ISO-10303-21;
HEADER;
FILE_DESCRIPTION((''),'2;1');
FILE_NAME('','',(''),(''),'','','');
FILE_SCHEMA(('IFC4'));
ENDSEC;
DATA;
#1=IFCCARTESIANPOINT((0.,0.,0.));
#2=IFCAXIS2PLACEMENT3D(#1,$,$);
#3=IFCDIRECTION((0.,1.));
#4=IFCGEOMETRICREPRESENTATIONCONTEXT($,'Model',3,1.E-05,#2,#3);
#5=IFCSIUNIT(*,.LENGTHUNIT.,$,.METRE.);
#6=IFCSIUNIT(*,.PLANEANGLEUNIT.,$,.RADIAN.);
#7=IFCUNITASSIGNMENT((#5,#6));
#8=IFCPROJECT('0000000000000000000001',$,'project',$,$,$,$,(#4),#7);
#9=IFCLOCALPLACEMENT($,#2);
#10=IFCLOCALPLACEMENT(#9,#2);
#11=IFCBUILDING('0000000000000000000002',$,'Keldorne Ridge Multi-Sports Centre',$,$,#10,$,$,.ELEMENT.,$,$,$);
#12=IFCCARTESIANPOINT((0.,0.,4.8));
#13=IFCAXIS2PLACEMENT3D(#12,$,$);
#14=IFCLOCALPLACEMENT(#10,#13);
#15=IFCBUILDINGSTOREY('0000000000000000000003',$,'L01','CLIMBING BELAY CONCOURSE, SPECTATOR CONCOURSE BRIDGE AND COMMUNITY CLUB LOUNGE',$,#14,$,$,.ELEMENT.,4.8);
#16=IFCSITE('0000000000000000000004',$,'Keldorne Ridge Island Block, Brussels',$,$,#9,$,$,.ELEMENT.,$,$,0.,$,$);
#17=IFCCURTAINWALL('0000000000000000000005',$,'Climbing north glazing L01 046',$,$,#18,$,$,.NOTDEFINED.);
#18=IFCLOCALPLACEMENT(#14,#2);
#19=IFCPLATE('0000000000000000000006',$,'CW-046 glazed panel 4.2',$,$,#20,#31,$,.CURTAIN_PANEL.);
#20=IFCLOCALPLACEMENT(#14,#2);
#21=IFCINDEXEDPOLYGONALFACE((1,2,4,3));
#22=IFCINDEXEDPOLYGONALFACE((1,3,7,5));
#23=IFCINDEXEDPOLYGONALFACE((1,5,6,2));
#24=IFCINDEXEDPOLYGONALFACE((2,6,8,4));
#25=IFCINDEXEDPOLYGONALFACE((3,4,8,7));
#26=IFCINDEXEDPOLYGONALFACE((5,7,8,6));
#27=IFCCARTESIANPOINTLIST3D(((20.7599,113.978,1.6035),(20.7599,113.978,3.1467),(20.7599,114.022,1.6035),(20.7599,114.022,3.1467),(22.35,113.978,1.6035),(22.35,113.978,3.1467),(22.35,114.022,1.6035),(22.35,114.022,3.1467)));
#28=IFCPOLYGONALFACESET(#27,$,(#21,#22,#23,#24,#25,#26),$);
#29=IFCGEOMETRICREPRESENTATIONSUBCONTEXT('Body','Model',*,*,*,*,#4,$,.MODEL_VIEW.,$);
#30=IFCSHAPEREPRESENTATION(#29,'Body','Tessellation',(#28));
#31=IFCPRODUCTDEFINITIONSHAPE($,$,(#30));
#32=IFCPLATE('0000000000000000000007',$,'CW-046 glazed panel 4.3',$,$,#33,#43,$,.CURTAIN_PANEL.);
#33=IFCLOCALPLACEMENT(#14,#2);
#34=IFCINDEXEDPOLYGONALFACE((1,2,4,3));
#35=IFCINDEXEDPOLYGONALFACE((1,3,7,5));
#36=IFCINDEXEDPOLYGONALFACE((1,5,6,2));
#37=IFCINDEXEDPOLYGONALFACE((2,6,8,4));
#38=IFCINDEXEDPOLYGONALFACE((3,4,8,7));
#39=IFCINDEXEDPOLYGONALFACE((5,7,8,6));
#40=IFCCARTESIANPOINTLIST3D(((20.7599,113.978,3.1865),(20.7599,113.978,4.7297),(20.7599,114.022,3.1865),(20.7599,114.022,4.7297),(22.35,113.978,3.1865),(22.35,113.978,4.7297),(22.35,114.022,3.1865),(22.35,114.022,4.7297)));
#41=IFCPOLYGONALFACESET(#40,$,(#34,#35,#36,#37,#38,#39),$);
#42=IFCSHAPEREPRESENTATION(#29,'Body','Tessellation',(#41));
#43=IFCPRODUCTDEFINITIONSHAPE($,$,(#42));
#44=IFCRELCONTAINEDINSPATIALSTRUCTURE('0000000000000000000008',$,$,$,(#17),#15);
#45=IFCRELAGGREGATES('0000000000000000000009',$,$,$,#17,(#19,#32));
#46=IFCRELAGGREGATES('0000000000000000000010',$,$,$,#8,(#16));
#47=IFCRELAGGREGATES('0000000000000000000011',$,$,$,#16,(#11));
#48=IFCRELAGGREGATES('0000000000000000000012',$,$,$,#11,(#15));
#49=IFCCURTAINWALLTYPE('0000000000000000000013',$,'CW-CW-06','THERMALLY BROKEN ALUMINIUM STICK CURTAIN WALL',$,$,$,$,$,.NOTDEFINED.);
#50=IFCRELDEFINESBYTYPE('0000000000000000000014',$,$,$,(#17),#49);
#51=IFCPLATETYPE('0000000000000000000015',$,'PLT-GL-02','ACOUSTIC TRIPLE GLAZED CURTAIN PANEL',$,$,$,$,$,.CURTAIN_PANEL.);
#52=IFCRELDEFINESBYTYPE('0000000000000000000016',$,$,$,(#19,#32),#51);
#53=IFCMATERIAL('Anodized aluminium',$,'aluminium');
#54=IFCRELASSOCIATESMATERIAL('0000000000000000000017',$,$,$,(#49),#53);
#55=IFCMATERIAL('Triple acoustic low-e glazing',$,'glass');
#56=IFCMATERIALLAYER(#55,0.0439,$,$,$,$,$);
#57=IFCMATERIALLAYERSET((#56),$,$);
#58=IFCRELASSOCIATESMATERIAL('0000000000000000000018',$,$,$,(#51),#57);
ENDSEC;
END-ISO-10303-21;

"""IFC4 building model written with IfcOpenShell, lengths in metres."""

from ifc_helpers import new_model, si_unit, direction, frame, origin, origin_2d, place, context, subcontext, project, spatial, rectangle, extrude, material, layer, layer_set, type_object, element, aggregate, save


model = new_model("IFC4")

# Units and contexts
model_context = context("Model", 3, precision=1e-05, world=origin(), true_north=direction((0.0, 1.0)))
body_context = subcontext(model_context, "Body", "Model", "MODEL_VIEW")
ifc_project = project(units=[si_unit("LENGTHUNIT", "METRE"), si_unit("PLANEANGLEUNIT", "RADIAN")], contexts=[model_context])

# Site, building, storey
site_placement = place(None, origin())
site = spatial("IfcSite", under=ifc_project, at=site_placement, Name="Keldorne Ridge Island Block, Brussels", CompositionType="ELEMENT", RefElevation=0.0)
building_placement = place(site_placement, origin())
building = spatial("IfcBuilding", under=site, at=building_placement, Name="Keldorne Ridge Multi-Sports Centre", CompositionType="ELEMENT")
storey_placement = place(building_placement, frame((0.0, 0.0, 4.8)))
storey = spatial("IfcBuildingStorey", under=building, at=storey_placement, Name="L01", Description="CLIMBING BELAY CONCOURSE, SPECTATOR CONCOURSE BRIDGE AND COMMUNITY CLUB LOUNGE", CompositionType="ELEMENT", Elevation=4.8)

# Curtain wall
ifc_material_1 = material(Name="Anodized aluminium", Category="aluminium")
curtain_wall_type_1 = type_object("IfcCurtainWallType", Name="CW-CW-06", Description="THERMALLY BROKEN ALUMINIUM STICK CURTAIN WALL", PredefinedType="NOTDEFINED", material=ifc_material_1)
curtain_wall_1_placement = place(storey_placement, origin())
curtain_wall_1 = element("IfcCurtainWall", 1, at=curtain_wall_1_placement, inside=storey, type_object=curtain_wall_type_1, Name="Climbing north glazing L01 046", PredefinedType="NOTDEFINED")

# Plates
ifc_material_2 = material(Name="Triple acoustic low-e glazing", Category="glass")
ifc_layer = layer(ifc_material_2, 0.0439)
ifc_layer_set = layer_set([ifc_layer])
plate_type = type_object("IfcPlateType", Name="PLT-GL-02", Description="ACOUSTIC TRIPLE GLAZED CURTAIN PANEL", PredefinedType="CURTAIN_PANEL", material=ifc_layer_set)
plate_1_placement = place(storey_placement, frame((21.5549, 114.0, 1.6035), z_axis=(0.0, 0.0, 1.0), x_axis=(-1.0, 0.0, 0.0)))
plate_1 = element("IfcPlate", 2, at=plate_1_placement, type_object=plate_type, Name="CW-046 glazed panel 4.2", PredefinedType="CURTAIN_PANEL", context=body_context, shape_type="SweptSolid", body=[
    extrude(rectangle(XDim=1.5901, YDim=0.0439, at=origin_2d()), origin(), (0.0, 0.0, 1.0), 1.5432),
])
plate_2_placement = place(storey_placement, frame((21.5549, 114.0, 3.1865), z_axis=(0.0, 0.0, 1.0), x_axis=(-1.0, 0.0, 0.0)))
plate_2 = element("IfcPlate", 3, at=plate_2_placement, type_object=plate_type, Name="CW-046 glazed panel 4.3", PredefinedType="CURTAIN_PANEL", context=body_context, shape_type="SweptSolid", body=[
    extrude(rectangle(XDim=1.5901, YDim=0.0439, at=origin_2d()), origin(), (0.0, 0.0, 1.0), 1.5432),
])
aggregate(curtain_wall_1, [plate_1, plate_2])

save(model, "model.ifc")
